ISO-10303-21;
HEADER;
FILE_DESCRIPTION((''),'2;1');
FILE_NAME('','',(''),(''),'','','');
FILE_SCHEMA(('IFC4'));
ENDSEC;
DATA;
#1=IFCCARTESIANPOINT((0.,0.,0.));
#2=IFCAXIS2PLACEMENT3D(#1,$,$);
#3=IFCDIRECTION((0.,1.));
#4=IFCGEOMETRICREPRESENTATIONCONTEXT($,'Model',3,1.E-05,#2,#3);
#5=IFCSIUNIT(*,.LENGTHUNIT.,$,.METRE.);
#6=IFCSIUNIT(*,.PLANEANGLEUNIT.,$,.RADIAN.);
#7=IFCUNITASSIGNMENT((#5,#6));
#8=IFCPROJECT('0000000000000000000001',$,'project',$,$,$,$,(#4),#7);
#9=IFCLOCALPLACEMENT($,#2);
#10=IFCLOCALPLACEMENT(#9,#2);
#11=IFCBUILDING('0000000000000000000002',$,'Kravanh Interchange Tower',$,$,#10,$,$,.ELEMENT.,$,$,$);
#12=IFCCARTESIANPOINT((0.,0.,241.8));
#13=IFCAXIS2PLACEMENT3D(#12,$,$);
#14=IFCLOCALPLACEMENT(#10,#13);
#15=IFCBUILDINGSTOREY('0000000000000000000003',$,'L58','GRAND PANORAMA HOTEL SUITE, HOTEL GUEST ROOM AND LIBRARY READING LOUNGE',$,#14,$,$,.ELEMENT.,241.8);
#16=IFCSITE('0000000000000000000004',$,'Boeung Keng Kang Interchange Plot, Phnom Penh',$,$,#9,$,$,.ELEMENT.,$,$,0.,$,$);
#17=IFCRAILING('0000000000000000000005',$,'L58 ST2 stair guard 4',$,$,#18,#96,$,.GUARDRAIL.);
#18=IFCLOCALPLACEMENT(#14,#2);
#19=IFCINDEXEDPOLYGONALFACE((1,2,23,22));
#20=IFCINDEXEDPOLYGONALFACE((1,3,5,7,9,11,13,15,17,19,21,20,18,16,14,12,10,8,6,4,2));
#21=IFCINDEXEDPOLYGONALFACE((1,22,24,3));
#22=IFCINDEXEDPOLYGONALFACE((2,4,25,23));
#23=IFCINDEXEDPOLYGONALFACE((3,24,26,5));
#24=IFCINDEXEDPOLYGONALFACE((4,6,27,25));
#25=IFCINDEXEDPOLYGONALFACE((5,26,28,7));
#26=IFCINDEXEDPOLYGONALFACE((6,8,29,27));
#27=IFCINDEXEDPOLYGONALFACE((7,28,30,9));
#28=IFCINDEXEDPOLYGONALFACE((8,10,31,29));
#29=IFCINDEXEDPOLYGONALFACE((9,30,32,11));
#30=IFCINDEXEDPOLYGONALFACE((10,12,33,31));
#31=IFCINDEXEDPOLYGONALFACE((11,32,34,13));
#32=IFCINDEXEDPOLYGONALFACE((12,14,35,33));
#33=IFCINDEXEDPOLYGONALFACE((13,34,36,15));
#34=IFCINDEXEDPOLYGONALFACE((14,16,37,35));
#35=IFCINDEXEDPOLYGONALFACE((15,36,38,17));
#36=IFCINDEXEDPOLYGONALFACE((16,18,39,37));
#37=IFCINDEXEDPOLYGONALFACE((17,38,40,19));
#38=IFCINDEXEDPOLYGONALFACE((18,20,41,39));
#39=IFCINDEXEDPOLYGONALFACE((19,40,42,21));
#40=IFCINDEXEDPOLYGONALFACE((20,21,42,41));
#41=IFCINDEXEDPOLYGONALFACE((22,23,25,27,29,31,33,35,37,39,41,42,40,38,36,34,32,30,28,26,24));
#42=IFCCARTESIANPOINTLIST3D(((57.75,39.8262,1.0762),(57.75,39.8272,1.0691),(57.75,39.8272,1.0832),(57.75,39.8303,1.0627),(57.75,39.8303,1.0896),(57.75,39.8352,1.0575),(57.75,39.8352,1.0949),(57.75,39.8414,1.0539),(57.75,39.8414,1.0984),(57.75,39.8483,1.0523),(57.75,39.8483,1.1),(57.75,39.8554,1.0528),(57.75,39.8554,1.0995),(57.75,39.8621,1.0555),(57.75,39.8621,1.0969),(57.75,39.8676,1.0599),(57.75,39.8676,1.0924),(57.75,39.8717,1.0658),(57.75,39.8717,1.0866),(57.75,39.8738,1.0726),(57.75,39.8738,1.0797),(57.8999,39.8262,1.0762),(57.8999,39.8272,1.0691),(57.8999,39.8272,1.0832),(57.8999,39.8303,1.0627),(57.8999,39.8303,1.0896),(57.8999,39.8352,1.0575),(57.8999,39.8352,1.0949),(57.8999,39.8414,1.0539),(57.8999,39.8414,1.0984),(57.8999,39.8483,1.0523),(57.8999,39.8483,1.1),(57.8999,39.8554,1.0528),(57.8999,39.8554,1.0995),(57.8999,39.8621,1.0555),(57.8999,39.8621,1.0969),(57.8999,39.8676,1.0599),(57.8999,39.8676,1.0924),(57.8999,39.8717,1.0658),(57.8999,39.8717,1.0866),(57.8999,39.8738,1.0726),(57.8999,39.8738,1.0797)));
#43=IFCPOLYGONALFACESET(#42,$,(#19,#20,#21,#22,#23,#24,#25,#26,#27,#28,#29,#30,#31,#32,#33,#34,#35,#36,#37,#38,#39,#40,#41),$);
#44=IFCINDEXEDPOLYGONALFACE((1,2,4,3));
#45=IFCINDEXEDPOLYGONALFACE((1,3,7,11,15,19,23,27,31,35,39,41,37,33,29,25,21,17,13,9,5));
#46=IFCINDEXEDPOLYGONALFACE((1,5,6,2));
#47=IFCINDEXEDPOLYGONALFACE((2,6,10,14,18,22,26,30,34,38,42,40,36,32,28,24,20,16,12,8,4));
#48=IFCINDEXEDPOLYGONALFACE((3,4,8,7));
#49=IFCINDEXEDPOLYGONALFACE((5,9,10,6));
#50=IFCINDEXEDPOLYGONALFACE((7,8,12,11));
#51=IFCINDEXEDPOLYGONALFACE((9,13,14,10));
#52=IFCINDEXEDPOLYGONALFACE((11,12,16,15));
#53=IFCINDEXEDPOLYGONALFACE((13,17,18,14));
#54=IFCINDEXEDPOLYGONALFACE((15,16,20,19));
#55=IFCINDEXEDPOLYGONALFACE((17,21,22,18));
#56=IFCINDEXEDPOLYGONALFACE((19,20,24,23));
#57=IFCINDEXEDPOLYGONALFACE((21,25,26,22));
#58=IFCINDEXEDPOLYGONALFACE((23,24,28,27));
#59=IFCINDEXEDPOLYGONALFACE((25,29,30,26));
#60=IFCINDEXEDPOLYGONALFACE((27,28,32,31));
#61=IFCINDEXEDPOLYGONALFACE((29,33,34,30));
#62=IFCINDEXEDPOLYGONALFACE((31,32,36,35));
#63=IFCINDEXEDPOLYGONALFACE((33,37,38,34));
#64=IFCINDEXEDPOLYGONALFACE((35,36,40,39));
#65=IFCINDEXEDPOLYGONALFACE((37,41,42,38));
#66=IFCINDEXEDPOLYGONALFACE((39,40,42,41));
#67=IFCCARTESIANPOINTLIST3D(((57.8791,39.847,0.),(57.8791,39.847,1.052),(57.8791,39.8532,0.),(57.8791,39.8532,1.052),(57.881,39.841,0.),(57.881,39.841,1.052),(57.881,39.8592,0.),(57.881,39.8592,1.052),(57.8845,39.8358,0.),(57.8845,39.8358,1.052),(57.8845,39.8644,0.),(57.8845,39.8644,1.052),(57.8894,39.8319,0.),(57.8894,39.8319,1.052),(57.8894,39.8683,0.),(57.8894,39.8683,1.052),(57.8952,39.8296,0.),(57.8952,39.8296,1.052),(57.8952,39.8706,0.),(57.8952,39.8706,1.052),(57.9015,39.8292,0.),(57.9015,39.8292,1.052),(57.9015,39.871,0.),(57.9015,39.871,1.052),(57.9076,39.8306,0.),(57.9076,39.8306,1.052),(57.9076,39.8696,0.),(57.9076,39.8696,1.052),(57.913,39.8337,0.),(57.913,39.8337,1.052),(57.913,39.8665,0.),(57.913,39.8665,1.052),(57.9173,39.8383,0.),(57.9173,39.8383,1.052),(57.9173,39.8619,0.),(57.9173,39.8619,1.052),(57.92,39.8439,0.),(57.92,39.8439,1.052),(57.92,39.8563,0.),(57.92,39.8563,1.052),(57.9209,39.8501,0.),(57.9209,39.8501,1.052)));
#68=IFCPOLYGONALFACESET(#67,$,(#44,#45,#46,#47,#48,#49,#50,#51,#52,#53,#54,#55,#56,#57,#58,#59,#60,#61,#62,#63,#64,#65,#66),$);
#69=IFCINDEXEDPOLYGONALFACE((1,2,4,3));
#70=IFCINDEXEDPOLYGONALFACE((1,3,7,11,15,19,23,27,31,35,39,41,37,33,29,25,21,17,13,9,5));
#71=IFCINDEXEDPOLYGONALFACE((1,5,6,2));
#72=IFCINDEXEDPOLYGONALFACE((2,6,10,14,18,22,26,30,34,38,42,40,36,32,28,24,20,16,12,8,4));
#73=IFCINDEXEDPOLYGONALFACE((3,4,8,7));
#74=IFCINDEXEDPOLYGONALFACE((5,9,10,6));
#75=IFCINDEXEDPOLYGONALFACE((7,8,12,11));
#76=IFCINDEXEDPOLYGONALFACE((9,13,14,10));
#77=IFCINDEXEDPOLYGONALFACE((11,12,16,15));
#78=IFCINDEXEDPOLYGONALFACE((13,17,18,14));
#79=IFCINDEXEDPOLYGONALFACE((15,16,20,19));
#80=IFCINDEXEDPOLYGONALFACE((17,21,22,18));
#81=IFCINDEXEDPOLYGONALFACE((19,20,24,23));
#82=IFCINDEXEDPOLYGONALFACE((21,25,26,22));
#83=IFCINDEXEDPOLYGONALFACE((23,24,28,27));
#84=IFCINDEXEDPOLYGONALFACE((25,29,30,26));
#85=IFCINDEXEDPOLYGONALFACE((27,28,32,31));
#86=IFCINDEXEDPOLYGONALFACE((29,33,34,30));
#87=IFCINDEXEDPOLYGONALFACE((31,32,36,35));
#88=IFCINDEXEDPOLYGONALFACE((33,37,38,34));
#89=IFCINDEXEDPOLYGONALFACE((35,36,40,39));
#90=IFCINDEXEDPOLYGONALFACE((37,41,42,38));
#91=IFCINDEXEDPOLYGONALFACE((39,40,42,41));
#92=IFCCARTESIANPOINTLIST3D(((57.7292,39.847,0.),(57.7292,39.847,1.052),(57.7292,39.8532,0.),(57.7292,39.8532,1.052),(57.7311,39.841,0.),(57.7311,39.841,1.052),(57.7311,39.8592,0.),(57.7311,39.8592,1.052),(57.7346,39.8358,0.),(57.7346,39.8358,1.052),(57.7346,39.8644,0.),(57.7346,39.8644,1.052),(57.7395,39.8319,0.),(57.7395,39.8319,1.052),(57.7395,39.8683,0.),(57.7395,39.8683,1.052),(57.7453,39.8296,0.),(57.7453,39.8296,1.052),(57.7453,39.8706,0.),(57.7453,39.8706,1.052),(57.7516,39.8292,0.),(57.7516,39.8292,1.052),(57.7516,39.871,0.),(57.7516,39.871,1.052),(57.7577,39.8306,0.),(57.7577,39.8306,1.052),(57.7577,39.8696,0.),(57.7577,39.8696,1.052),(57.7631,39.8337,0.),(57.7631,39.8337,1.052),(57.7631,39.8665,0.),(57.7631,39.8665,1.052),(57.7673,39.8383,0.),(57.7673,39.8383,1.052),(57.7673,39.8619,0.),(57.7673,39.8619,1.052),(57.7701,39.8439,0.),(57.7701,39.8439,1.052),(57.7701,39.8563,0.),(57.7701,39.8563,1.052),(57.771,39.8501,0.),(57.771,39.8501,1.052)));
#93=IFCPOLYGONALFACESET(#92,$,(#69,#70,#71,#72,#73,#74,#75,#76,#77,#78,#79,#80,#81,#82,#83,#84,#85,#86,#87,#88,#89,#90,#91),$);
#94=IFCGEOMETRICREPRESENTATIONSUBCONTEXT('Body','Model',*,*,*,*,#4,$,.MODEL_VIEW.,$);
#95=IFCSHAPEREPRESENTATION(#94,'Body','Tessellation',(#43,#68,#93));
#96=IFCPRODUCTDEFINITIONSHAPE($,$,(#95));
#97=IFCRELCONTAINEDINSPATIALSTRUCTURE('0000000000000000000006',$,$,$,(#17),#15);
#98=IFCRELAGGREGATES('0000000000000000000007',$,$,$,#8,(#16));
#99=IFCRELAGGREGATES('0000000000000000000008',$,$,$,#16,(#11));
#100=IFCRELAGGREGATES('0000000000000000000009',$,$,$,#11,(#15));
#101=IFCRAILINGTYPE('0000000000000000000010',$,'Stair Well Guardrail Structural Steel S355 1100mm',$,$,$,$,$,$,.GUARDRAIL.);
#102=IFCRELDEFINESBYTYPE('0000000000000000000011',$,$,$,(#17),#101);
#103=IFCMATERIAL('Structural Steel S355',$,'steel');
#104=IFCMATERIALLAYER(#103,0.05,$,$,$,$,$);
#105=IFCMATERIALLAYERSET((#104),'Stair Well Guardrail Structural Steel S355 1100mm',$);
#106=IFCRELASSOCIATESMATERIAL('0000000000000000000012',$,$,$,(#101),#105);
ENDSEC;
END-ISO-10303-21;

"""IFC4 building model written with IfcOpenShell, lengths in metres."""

from ifc_helpers import new_model, si_unit, direction, frame, origin, origin_2d, place, context, subcontext, project, spatial, circle, extrude, material, layer, layer_set, type_object, element, save


model = new_model("IFC4")

# Units and contexts
model_context = context("Model", 3, precision=1e-05, world=origin(), true_north=direction((0.0, 1.0)))
body_context = subcontext(model_context, "Body", "Model", "MODEL_VIEW")
ifc_project = project(units=[si_unit("LENGTHUNIT", "METRE"), si_unit("PLANEANGLEUNIT", "RADIAN")], contexts=[model_context])

# Site, building, storey
site_placement = place(None, origin())
site = spatial("IfcSite", under=ifc_project, at=site_placement, Name="Boeung Keng Kang Interchange Plot, Phnom Penh", CompositionType="ELEMENT", RefElevation=0.0)
building_placement = place(site_placement, origin())
building = spatial("IfcBuilding", under=site, at=building_placement, Name="Kravanh Interchange Tower", CompositionType="ELEMENT")
storey_placement = place(building_placement, frame((0.0, 0.0, 241.8)))
storey = spatial("IfcBuildingStorey", under=building, at=storey_placement, Name="L58", Description="GRAND PANORAMA HOTEL SUITE, HOTEL GUEST ROOM AND LIBRARY READING LOUNGE", CompositionType="ELEMENT", Elevation=241.8)

# Railing
ifc_material_1 = material(Name="Structural Steel S355", Category="steel")
ifc_layer_1 = layer(ifc_material_1, 0.05)
ifc_layer_set_1 = layer_set([ifc_layer_1], Name="Stair Well Guardrail Structural Steel S355 1100mm")
railing_type_1 = type_object("IfcRailingType", Name="Stair Well Guardrail Structural Steel S355 1100mm", PredefinedType="GUARDRAIL", material=ifc_layer_set_1)
railing_1_placement = place(storey_placement, frame((57.8999, 39.8501, 0.0)))
element("IfcRailing", 1, at=railing_1_placement, inside=storey, type_object=railing_type_1, Name="L58 ST2 stair guard 4", PredefinedType="GUARDRAIL", context=body_context, shape_type="SweptSolid", body=[
    extrude(circle(Radius=0.0239, at=origin_2d()), frame((0.0, 0.0, 1.0762), z_axis=(-1.0, 0.0, 0.0), x_axis=(0.0, -1.0, 0.0)), (0.0, 0.0, 1.0), 0.1499),
    extrude(circle(Radius=0.021, at=origin_2d()), origin(), (0.0, 0.0, 1.0), 1.052),
    extrude(circle(Radius=0.021, at=origin_2d()), frame((-0.1499, 0.0, 0.0)), (0.0, 0.0, 1.0), 1.052),
])

save(model, "model.ifc")
